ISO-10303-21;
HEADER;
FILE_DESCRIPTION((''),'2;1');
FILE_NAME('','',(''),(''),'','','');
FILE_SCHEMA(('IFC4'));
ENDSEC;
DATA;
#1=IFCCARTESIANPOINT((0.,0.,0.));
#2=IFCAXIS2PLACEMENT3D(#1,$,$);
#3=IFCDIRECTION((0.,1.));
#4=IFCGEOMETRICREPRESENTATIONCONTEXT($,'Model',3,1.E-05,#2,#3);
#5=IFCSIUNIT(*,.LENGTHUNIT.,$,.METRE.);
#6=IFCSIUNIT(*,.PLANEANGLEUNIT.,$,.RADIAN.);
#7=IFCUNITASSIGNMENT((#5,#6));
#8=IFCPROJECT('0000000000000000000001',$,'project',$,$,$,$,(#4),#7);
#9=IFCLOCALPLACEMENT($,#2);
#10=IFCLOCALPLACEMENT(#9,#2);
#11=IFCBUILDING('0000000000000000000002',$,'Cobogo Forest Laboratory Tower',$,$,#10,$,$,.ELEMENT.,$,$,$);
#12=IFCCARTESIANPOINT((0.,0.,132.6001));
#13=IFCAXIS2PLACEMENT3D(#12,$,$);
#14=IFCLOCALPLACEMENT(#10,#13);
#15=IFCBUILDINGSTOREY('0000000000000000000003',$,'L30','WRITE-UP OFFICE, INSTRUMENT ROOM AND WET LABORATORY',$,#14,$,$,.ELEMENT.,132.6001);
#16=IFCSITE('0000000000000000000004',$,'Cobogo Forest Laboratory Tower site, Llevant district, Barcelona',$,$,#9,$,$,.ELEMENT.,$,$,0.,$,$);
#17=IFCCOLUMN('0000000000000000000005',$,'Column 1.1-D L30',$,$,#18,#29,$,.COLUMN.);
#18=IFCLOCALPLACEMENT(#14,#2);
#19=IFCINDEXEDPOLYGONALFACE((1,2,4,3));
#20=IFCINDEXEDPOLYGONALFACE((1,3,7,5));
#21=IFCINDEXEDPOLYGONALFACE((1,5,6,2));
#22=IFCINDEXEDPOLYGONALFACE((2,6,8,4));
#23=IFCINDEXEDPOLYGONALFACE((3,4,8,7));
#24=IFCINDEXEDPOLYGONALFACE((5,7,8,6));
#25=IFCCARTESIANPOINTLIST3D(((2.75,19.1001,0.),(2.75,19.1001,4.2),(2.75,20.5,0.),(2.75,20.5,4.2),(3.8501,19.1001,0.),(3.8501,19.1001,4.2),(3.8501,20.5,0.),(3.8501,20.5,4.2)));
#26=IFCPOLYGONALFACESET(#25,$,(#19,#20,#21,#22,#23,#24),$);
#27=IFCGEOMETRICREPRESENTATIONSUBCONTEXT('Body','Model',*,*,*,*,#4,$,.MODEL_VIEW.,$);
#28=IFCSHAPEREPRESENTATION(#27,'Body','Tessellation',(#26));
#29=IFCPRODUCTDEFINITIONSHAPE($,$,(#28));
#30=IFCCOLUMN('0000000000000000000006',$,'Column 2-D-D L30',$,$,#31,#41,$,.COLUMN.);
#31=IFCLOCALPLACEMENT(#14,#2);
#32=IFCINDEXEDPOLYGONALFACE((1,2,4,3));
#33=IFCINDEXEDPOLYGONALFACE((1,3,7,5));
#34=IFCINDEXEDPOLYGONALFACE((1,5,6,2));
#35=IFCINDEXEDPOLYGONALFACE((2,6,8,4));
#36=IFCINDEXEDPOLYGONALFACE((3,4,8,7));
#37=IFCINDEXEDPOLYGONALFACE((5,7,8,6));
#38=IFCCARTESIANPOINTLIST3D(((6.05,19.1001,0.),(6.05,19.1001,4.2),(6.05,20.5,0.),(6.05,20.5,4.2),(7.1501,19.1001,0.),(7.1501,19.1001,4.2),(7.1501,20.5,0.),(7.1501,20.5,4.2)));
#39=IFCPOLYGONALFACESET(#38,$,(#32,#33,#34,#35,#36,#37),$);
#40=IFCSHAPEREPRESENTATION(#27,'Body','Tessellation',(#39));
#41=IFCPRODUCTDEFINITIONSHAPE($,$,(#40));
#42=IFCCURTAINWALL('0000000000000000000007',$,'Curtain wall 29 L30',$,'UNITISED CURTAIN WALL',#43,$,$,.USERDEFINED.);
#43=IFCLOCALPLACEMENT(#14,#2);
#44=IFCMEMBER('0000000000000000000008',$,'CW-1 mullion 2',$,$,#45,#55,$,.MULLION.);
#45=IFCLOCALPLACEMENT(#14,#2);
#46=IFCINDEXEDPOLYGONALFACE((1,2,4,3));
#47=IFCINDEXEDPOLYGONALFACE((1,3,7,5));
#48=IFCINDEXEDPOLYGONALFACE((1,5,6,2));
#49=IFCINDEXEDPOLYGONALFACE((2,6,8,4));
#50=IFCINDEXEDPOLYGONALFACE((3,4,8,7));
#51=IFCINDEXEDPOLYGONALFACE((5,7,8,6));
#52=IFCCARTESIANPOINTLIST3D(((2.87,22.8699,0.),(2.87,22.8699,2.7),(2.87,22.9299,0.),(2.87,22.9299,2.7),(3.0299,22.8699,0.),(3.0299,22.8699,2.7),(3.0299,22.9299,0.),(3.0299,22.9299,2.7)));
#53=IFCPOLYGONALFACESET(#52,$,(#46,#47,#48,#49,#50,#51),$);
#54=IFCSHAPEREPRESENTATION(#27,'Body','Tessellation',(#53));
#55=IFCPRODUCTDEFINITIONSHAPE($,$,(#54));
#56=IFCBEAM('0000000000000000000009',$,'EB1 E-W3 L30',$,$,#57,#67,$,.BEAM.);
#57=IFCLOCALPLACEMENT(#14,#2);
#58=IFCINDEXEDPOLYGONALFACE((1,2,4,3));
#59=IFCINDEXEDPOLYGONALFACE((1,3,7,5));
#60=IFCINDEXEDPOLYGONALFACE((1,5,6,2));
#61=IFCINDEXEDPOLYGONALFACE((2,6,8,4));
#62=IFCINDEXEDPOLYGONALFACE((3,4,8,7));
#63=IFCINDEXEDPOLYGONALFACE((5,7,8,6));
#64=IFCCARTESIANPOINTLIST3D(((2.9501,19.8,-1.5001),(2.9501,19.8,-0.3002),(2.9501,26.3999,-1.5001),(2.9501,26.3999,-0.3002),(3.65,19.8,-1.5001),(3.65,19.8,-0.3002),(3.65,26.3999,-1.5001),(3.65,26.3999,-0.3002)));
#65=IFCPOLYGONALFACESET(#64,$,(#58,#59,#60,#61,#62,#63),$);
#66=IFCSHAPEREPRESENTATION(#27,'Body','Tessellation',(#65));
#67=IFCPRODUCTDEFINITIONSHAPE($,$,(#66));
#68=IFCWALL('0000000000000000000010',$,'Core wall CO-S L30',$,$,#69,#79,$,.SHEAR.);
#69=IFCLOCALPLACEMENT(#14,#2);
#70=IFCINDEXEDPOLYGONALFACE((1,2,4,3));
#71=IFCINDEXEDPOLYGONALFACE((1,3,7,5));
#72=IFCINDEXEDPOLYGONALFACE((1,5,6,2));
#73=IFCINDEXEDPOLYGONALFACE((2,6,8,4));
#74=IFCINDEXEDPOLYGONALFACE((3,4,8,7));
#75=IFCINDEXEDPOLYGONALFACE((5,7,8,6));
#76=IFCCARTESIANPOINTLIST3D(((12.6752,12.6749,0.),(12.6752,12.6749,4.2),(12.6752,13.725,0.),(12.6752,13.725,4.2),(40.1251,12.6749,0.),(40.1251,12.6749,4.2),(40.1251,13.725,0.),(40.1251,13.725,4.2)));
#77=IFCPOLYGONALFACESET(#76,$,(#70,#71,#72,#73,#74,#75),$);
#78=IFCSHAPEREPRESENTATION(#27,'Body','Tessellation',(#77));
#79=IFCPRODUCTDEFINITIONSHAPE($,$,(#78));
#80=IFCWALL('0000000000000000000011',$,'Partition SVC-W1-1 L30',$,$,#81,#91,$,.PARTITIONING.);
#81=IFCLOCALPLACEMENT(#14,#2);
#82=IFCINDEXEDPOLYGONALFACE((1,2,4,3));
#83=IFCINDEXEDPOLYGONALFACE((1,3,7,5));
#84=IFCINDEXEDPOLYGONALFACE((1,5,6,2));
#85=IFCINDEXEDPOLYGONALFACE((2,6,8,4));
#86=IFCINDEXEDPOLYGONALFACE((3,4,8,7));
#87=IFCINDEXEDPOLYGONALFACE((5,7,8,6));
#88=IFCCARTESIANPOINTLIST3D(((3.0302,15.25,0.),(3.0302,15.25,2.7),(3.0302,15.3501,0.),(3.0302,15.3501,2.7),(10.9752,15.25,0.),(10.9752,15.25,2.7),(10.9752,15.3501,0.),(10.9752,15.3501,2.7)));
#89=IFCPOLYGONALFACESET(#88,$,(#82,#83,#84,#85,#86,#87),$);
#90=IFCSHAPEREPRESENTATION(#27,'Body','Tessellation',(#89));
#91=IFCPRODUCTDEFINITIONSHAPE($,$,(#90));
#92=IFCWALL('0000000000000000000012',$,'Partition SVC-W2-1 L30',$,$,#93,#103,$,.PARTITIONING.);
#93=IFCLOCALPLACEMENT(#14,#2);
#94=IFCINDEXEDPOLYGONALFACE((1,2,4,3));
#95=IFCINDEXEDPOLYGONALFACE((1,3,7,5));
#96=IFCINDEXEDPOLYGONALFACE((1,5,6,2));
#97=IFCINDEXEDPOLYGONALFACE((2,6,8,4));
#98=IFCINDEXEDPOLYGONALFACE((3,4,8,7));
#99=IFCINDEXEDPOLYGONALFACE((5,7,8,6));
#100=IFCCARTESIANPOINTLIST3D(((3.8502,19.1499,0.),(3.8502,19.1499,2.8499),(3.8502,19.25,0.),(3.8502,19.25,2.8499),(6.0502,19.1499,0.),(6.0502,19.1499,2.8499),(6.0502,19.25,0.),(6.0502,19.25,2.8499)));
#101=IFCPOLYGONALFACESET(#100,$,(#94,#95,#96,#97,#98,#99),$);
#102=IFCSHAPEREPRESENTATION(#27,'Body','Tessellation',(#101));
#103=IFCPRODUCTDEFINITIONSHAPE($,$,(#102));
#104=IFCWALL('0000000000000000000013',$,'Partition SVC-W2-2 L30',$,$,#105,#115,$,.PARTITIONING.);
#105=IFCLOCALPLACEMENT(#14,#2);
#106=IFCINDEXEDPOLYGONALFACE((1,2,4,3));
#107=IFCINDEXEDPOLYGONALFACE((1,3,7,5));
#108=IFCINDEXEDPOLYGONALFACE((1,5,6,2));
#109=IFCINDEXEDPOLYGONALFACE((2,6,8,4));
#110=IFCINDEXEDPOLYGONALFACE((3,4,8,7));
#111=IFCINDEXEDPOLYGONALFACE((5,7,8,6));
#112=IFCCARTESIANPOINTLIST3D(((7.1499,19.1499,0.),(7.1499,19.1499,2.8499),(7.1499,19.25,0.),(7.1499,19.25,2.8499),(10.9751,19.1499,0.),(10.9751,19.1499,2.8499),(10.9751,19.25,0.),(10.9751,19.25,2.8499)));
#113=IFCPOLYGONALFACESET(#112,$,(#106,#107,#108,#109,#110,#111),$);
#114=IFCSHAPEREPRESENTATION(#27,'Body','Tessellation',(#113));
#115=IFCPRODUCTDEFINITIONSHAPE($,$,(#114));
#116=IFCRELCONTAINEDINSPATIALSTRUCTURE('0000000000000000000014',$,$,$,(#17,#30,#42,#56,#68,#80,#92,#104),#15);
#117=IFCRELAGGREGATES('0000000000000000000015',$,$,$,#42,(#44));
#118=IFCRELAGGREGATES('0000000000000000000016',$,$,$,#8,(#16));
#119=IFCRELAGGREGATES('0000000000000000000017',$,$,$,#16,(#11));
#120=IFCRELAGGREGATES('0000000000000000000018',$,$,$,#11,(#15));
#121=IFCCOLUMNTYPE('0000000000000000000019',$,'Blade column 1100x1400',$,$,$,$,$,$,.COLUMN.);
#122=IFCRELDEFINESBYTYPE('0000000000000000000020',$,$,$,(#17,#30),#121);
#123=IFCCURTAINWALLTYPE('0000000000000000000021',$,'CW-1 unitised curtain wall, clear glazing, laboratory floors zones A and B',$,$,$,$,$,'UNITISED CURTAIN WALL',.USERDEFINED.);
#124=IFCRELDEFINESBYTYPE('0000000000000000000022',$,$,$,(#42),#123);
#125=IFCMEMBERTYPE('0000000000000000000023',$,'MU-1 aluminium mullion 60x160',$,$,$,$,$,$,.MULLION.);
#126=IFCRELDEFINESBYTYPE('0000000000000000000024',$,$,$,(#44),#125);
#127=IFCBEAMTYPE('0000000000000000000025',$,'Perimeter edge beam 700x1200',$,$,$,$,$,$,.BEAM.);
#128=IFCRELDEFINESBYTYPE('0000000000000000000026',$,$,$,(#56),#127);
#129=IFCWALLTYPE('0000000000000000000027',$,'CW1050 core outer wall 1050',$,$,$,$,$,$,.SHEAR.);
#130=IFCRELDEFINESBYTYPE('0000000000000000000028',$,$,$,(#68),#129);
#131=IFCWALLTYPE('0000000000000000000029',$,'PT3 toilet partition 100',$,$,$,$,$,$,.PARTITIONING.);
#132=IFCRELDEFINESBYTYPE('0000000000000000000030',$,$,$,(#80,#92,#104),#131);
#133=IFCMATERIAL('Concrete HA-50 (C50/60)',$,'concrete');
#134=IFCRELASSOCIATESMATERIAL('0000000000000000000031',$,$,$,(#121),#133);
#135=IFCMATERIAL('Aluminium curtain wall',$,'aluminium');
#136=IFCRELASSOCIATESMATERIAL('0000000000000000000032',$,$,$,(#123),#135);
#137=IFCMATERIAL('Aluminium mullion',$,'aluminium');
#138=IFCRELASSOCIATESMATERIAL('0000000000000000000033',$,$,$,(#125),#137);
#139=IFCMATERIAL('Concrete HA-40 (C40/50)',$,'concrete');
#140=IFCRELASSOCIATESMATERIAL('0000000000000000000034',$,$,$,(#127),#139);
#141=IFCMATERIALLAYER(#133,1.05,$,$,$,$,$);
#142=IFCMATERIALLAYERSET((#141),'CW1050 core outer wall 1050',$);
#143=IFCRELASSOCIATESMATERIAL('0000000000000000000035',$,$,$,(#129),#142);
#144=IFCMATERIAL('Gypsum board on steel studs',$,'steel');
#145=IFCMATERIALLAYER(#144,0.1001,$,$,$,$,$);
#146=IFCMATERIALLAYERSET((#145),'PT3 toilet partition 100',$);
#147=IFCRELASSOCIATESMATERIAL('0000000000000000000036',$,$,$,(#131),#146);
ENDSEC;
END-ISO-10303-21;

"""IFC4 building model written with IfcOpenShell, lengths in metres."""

from ifc_helpers import new_model, si_unit, direction, frame, frame_2d, origin, origin_2d, place, context, subcontext, project, spatial, rectangle, extrude, material, layer, layer_set, material_profile, profile_set, type_object, element, aggregate, save


model = new_model("IFC4")

# Units and contexts
model_context = context("Model", 3, precision=1e-05, world=origin(), true_north=direction((0.0, 1.0)))
body_context = subcontext(model_context, "Body", "Model", "MODEL_VIEW")
ifc_project = project(units=[si_unit("LENGTHUNIT", "METRE"), si_unit("PLANEANGLEUNIT", "RADIAN")], contexts=[model_context])

# Site, building, storey
site_placement = place(None, origin())
site = spatial("IfcSite", under=ifc_project, at=site_placement, Name="Cobogo Forest Laboratory Tower site, Llevant district, Barcelona", CompositionType="ELEMENT", RefElevation=0.0)
building_placement = place(site_placement, origin())
building = spatial("IfcBuilding", under=site, at=building_placement, Name="Cobogo Forest Laboratory Tower", CompositionType="ELEMENT")
storey_placement = place(building_placement, frame((0.0, 0.0, 132.6001)))
storey = spatial("IfcBuildingStorey", under=building, at=storey_placement, Name="L30", Description="WRITE-UP OFFICE, INSTRUMENT ROOM AND WET LABORATORY", CompositionType="ELEMENT", Elevation=132.6001)

# Columns
ifc_material_1 = material(Name="Concrete HA-50 (C50/60)", Category="concrete")
ifc_material_profile_1 = material_profile(ifc_material_1, rectangle(XDim=1.3999, YDim=1.1001, at=origin_2d()), Name="RC 1100x1400")
ifc_profile_set_1 = profile_set([ifc_material_profile_1], Name="Concrete HA-50 (C50/60)")
column_type = type_object("IfcColumnType", Name="Blade column 1100x1400", PredefinedType="COLUMN", material=ifc_profile_set_1)
for number, where, z_axis, x_axis, name in (
    (1, (3.3, 19.8, 0.0), (0.0, 0.0, 1.0), (0.0, 1.0, 0.0), "Column 1.1-D L30"),
    (2, (6.6001, 19.8, 0.0), (0.0, 0.0, 1.0), (0.0, 1.0, 0.0), "Column 2-D-D L30"),
):
    element("IfcColumn", number, at=place(storey_placement, frame(where, z_axis=z_axis, x_axis=x_axis)), inside=storey, type_object=column_type, Name=name, PredefinedType="COLUMN", context=body_context, shape_type="SweptSolid", body=[
        extrude(rectangle(XDim=1.3999, YDim=1.1001, at=origin_2d()), origin(), (0.0, 0.0, 1.0), 4.2),
    ])

# Curtain wall, member
ifc_material_2 = material(Name="Aluminium curtain wall", Category="aluminium")
curtain_wall_type = type_object("IfcCurtainWallType", Name="CW-1 unitised curtain wall, clear glazing, laboratory floors zones A and B", ElementType="UNITISED CURTAIN WALL", PredefinedType="USERDEFINED", material=ifc_material_2)
curtain_wall_placement = place(storey_placement, origin())
curtain_wall = element("IfcCurtainWall", 3, at=curtain_wall_placement, inside=storey, type_object=curtain_wall_type, Name="Curtain wall 29 L30", ObjectType="UNITISED CURTAIN WALL", PredefinedType="USERDEFINED")
ifc_material_3 = material(Name="Aluminium mullion", Category="aluminium")
ifc_material_profile_2 = material_profile(ifc_material_3, rectangle(XDim=0.0601, YDim=0.1599, at=origin_2d()), Name="AL 60x160")
ifc_profile_set_2 = profile_set([ifc_material_profile_2], Name="Aluminium mullion")
member_type = type_object("IfcMemberType", Name="MU-1 aluminium mullion 60x160", PredefinedType="MULLION", material=ifc_profile_set_2)
member_placement = place(storey_placement, frame((2.95, 22.8999, 0.0), z_axis=(0.0, 0.0, 1.0), x_axis=(0.0, -1.0, 0.0)))
member = element("IfcMember", 4, at=member_placement, type_object=member_type, Name="CW-1 mullion 2", PredefinedType="MULLION", context=body_context, shape_type="SweptSolid", body=[
    extrude(rectangle(XDim=0.0601, YDim=0.1599, at=origin_2d()), origin(), (0.0, 0.0, 1.0), 2.7),
])
aggregate(curtain_wall, [member])

# Beam
ifc_material_4 = material(Name="Concrete HA-40 (C40/50)", Category="concrete")
ifc_material_profile_3 = material_profile(ifc_material_4, rectangle(XDim=0.7, YDim=1.2, at=origin_2d()), Name="RC 700x1200")
ifc_profile_set_3 = profile_set([ifc_material_profile_3], Name="Concrete HA-40 (C40/50)")
beam_type = type_object("IfcBeamType", Name="Perimeter edge beam 700x1200", PredefinedType="BEAM", material=ifc_profile_set_3)
beam_placement = place(storey_placement, frame((3.3, 19.8, -0.9001), z_axis=(0.0, 1.0, 0.0), x_axis=(-1.0, 0.0, 0.0)))
element("IfcBeam", 5, at=beam_placement, inside=storey, type_object=beam_type, Name="EB1 E-W3 L30", PredefinedType="BEAM", context=body_context, shape_type="SweptSolid", body=[
    extrude(rectangle(XDim=0.7, YDim=1.2, at=origin_2d()), origin(), (0.0, 0.0, 1.0), 6.5999),
])

# Walls
ifc_layer_1 = layer(ifc_material_1, 1.05)
ifc_layer_set_1 = layer_set([ifc_layer_1], Name="CW1050 core outer wall 1050")
wall_type_1 = type_object("IfcWallType", Name="CW1050 core outer wall 1050", PredefinedType="SHEAR", material=ifc_layer_set_1)
wall_1_placement = place(storey_placement, frame((12.675, 13.2, 0.0), z_axis=(0.0, 0.0, 1.0), x_axis=(1.0, 0.0, 0.0)))
element("IfcWall", 6, at=wall_1_placement, inside=storey, type_object=wall_type_1, Name="Core wall CO-S L30", PredefinedType="SHEAR", context=body_context, shape_type="SweptSolid", body=[
    extrude(rectangle(XDim=27.45, YDim=1.05, at=frame_2d((13.7251, 0.0))), origin(), (0.0, 0.0, 1.0), 4.2),
])
ifc_material_5 = material(Name="Gypsum board on steel studs", Category="steel")
ifc_layer_2 = layer(ifc_material_5, 0.1001)
ifc_layer_set_2 = layer_set([ifc_layer_2], Name="PT3 toilet partition 100")
wall_type_2 = type_object("IfcWallType", Name="PT3 toilet partition 100", PredefinedType="PARTITIONING", material=ifc_layer_set_2)
wall_2_placement = place(storey_placement, frame((3.03, 15.3, 0.0), z_axis=(0.0, 0.0, 1.0), x_axis=(1.0, 0.0, 0.0)))
element("IfcWall", 7, at=wall_2_placement, inside=storey, type_object=wall_type_2, Name="Partition SVC-W1-1 L30", PredefinedType="PARTITIONING", context=body_context, shape_type="SweptSolid", body=[
    extrude(rectangle(XDim=7.9451, YDim=0.1001, at=frame_2d((3.9727, 0.0))), origin(), (0.0, 0.0, 1.0), 2.7),
])
wall_3_placement = place(storey_placement, frame((3.8501, 19.2, 0.0), z_axis=(0.0, 0.0, 1.0), x_axis=(1.0, 0.0, 0.0)))
element("IfcWall", 8, at=wall_3_placement, inside=storey, type_object=wall_type_2, Name="Partition SVC-W2-1 L30", PredefinedType="PARTITIONING", context=body_context, shape_type="SweptSolid", body=[
    extrude(rectangle(XDim=2.2, YDim=0.1001, at=frame_2d((1.1001, 0.0))), origin(), (0.0, 0.0, 1.0), 2.8499),
])
wall_4_placement = place(storey_placement, frame((7.1499, 19.2, 0.0), z_axis=(0.0, 0.0, 1.0), x_axis=(1.0, 0.0, 0.0)))
element("IfcWall", 9, at=wall_4_placement, inside=storey, type_object=wall_type_2, Name="Partition SVC-W2-2 L30", PredefinedType="PARTITIONING", context=body_context, shape_type="SweptSolid", body=[
    extrude(rectangle(XDim=3.8252, YDim=0.1001, at=frame_2d((1.9126, 0.0))), origin(), (0.0, 0.0, 1.0), 2.8499),
])

save(model, "model.ifc")
